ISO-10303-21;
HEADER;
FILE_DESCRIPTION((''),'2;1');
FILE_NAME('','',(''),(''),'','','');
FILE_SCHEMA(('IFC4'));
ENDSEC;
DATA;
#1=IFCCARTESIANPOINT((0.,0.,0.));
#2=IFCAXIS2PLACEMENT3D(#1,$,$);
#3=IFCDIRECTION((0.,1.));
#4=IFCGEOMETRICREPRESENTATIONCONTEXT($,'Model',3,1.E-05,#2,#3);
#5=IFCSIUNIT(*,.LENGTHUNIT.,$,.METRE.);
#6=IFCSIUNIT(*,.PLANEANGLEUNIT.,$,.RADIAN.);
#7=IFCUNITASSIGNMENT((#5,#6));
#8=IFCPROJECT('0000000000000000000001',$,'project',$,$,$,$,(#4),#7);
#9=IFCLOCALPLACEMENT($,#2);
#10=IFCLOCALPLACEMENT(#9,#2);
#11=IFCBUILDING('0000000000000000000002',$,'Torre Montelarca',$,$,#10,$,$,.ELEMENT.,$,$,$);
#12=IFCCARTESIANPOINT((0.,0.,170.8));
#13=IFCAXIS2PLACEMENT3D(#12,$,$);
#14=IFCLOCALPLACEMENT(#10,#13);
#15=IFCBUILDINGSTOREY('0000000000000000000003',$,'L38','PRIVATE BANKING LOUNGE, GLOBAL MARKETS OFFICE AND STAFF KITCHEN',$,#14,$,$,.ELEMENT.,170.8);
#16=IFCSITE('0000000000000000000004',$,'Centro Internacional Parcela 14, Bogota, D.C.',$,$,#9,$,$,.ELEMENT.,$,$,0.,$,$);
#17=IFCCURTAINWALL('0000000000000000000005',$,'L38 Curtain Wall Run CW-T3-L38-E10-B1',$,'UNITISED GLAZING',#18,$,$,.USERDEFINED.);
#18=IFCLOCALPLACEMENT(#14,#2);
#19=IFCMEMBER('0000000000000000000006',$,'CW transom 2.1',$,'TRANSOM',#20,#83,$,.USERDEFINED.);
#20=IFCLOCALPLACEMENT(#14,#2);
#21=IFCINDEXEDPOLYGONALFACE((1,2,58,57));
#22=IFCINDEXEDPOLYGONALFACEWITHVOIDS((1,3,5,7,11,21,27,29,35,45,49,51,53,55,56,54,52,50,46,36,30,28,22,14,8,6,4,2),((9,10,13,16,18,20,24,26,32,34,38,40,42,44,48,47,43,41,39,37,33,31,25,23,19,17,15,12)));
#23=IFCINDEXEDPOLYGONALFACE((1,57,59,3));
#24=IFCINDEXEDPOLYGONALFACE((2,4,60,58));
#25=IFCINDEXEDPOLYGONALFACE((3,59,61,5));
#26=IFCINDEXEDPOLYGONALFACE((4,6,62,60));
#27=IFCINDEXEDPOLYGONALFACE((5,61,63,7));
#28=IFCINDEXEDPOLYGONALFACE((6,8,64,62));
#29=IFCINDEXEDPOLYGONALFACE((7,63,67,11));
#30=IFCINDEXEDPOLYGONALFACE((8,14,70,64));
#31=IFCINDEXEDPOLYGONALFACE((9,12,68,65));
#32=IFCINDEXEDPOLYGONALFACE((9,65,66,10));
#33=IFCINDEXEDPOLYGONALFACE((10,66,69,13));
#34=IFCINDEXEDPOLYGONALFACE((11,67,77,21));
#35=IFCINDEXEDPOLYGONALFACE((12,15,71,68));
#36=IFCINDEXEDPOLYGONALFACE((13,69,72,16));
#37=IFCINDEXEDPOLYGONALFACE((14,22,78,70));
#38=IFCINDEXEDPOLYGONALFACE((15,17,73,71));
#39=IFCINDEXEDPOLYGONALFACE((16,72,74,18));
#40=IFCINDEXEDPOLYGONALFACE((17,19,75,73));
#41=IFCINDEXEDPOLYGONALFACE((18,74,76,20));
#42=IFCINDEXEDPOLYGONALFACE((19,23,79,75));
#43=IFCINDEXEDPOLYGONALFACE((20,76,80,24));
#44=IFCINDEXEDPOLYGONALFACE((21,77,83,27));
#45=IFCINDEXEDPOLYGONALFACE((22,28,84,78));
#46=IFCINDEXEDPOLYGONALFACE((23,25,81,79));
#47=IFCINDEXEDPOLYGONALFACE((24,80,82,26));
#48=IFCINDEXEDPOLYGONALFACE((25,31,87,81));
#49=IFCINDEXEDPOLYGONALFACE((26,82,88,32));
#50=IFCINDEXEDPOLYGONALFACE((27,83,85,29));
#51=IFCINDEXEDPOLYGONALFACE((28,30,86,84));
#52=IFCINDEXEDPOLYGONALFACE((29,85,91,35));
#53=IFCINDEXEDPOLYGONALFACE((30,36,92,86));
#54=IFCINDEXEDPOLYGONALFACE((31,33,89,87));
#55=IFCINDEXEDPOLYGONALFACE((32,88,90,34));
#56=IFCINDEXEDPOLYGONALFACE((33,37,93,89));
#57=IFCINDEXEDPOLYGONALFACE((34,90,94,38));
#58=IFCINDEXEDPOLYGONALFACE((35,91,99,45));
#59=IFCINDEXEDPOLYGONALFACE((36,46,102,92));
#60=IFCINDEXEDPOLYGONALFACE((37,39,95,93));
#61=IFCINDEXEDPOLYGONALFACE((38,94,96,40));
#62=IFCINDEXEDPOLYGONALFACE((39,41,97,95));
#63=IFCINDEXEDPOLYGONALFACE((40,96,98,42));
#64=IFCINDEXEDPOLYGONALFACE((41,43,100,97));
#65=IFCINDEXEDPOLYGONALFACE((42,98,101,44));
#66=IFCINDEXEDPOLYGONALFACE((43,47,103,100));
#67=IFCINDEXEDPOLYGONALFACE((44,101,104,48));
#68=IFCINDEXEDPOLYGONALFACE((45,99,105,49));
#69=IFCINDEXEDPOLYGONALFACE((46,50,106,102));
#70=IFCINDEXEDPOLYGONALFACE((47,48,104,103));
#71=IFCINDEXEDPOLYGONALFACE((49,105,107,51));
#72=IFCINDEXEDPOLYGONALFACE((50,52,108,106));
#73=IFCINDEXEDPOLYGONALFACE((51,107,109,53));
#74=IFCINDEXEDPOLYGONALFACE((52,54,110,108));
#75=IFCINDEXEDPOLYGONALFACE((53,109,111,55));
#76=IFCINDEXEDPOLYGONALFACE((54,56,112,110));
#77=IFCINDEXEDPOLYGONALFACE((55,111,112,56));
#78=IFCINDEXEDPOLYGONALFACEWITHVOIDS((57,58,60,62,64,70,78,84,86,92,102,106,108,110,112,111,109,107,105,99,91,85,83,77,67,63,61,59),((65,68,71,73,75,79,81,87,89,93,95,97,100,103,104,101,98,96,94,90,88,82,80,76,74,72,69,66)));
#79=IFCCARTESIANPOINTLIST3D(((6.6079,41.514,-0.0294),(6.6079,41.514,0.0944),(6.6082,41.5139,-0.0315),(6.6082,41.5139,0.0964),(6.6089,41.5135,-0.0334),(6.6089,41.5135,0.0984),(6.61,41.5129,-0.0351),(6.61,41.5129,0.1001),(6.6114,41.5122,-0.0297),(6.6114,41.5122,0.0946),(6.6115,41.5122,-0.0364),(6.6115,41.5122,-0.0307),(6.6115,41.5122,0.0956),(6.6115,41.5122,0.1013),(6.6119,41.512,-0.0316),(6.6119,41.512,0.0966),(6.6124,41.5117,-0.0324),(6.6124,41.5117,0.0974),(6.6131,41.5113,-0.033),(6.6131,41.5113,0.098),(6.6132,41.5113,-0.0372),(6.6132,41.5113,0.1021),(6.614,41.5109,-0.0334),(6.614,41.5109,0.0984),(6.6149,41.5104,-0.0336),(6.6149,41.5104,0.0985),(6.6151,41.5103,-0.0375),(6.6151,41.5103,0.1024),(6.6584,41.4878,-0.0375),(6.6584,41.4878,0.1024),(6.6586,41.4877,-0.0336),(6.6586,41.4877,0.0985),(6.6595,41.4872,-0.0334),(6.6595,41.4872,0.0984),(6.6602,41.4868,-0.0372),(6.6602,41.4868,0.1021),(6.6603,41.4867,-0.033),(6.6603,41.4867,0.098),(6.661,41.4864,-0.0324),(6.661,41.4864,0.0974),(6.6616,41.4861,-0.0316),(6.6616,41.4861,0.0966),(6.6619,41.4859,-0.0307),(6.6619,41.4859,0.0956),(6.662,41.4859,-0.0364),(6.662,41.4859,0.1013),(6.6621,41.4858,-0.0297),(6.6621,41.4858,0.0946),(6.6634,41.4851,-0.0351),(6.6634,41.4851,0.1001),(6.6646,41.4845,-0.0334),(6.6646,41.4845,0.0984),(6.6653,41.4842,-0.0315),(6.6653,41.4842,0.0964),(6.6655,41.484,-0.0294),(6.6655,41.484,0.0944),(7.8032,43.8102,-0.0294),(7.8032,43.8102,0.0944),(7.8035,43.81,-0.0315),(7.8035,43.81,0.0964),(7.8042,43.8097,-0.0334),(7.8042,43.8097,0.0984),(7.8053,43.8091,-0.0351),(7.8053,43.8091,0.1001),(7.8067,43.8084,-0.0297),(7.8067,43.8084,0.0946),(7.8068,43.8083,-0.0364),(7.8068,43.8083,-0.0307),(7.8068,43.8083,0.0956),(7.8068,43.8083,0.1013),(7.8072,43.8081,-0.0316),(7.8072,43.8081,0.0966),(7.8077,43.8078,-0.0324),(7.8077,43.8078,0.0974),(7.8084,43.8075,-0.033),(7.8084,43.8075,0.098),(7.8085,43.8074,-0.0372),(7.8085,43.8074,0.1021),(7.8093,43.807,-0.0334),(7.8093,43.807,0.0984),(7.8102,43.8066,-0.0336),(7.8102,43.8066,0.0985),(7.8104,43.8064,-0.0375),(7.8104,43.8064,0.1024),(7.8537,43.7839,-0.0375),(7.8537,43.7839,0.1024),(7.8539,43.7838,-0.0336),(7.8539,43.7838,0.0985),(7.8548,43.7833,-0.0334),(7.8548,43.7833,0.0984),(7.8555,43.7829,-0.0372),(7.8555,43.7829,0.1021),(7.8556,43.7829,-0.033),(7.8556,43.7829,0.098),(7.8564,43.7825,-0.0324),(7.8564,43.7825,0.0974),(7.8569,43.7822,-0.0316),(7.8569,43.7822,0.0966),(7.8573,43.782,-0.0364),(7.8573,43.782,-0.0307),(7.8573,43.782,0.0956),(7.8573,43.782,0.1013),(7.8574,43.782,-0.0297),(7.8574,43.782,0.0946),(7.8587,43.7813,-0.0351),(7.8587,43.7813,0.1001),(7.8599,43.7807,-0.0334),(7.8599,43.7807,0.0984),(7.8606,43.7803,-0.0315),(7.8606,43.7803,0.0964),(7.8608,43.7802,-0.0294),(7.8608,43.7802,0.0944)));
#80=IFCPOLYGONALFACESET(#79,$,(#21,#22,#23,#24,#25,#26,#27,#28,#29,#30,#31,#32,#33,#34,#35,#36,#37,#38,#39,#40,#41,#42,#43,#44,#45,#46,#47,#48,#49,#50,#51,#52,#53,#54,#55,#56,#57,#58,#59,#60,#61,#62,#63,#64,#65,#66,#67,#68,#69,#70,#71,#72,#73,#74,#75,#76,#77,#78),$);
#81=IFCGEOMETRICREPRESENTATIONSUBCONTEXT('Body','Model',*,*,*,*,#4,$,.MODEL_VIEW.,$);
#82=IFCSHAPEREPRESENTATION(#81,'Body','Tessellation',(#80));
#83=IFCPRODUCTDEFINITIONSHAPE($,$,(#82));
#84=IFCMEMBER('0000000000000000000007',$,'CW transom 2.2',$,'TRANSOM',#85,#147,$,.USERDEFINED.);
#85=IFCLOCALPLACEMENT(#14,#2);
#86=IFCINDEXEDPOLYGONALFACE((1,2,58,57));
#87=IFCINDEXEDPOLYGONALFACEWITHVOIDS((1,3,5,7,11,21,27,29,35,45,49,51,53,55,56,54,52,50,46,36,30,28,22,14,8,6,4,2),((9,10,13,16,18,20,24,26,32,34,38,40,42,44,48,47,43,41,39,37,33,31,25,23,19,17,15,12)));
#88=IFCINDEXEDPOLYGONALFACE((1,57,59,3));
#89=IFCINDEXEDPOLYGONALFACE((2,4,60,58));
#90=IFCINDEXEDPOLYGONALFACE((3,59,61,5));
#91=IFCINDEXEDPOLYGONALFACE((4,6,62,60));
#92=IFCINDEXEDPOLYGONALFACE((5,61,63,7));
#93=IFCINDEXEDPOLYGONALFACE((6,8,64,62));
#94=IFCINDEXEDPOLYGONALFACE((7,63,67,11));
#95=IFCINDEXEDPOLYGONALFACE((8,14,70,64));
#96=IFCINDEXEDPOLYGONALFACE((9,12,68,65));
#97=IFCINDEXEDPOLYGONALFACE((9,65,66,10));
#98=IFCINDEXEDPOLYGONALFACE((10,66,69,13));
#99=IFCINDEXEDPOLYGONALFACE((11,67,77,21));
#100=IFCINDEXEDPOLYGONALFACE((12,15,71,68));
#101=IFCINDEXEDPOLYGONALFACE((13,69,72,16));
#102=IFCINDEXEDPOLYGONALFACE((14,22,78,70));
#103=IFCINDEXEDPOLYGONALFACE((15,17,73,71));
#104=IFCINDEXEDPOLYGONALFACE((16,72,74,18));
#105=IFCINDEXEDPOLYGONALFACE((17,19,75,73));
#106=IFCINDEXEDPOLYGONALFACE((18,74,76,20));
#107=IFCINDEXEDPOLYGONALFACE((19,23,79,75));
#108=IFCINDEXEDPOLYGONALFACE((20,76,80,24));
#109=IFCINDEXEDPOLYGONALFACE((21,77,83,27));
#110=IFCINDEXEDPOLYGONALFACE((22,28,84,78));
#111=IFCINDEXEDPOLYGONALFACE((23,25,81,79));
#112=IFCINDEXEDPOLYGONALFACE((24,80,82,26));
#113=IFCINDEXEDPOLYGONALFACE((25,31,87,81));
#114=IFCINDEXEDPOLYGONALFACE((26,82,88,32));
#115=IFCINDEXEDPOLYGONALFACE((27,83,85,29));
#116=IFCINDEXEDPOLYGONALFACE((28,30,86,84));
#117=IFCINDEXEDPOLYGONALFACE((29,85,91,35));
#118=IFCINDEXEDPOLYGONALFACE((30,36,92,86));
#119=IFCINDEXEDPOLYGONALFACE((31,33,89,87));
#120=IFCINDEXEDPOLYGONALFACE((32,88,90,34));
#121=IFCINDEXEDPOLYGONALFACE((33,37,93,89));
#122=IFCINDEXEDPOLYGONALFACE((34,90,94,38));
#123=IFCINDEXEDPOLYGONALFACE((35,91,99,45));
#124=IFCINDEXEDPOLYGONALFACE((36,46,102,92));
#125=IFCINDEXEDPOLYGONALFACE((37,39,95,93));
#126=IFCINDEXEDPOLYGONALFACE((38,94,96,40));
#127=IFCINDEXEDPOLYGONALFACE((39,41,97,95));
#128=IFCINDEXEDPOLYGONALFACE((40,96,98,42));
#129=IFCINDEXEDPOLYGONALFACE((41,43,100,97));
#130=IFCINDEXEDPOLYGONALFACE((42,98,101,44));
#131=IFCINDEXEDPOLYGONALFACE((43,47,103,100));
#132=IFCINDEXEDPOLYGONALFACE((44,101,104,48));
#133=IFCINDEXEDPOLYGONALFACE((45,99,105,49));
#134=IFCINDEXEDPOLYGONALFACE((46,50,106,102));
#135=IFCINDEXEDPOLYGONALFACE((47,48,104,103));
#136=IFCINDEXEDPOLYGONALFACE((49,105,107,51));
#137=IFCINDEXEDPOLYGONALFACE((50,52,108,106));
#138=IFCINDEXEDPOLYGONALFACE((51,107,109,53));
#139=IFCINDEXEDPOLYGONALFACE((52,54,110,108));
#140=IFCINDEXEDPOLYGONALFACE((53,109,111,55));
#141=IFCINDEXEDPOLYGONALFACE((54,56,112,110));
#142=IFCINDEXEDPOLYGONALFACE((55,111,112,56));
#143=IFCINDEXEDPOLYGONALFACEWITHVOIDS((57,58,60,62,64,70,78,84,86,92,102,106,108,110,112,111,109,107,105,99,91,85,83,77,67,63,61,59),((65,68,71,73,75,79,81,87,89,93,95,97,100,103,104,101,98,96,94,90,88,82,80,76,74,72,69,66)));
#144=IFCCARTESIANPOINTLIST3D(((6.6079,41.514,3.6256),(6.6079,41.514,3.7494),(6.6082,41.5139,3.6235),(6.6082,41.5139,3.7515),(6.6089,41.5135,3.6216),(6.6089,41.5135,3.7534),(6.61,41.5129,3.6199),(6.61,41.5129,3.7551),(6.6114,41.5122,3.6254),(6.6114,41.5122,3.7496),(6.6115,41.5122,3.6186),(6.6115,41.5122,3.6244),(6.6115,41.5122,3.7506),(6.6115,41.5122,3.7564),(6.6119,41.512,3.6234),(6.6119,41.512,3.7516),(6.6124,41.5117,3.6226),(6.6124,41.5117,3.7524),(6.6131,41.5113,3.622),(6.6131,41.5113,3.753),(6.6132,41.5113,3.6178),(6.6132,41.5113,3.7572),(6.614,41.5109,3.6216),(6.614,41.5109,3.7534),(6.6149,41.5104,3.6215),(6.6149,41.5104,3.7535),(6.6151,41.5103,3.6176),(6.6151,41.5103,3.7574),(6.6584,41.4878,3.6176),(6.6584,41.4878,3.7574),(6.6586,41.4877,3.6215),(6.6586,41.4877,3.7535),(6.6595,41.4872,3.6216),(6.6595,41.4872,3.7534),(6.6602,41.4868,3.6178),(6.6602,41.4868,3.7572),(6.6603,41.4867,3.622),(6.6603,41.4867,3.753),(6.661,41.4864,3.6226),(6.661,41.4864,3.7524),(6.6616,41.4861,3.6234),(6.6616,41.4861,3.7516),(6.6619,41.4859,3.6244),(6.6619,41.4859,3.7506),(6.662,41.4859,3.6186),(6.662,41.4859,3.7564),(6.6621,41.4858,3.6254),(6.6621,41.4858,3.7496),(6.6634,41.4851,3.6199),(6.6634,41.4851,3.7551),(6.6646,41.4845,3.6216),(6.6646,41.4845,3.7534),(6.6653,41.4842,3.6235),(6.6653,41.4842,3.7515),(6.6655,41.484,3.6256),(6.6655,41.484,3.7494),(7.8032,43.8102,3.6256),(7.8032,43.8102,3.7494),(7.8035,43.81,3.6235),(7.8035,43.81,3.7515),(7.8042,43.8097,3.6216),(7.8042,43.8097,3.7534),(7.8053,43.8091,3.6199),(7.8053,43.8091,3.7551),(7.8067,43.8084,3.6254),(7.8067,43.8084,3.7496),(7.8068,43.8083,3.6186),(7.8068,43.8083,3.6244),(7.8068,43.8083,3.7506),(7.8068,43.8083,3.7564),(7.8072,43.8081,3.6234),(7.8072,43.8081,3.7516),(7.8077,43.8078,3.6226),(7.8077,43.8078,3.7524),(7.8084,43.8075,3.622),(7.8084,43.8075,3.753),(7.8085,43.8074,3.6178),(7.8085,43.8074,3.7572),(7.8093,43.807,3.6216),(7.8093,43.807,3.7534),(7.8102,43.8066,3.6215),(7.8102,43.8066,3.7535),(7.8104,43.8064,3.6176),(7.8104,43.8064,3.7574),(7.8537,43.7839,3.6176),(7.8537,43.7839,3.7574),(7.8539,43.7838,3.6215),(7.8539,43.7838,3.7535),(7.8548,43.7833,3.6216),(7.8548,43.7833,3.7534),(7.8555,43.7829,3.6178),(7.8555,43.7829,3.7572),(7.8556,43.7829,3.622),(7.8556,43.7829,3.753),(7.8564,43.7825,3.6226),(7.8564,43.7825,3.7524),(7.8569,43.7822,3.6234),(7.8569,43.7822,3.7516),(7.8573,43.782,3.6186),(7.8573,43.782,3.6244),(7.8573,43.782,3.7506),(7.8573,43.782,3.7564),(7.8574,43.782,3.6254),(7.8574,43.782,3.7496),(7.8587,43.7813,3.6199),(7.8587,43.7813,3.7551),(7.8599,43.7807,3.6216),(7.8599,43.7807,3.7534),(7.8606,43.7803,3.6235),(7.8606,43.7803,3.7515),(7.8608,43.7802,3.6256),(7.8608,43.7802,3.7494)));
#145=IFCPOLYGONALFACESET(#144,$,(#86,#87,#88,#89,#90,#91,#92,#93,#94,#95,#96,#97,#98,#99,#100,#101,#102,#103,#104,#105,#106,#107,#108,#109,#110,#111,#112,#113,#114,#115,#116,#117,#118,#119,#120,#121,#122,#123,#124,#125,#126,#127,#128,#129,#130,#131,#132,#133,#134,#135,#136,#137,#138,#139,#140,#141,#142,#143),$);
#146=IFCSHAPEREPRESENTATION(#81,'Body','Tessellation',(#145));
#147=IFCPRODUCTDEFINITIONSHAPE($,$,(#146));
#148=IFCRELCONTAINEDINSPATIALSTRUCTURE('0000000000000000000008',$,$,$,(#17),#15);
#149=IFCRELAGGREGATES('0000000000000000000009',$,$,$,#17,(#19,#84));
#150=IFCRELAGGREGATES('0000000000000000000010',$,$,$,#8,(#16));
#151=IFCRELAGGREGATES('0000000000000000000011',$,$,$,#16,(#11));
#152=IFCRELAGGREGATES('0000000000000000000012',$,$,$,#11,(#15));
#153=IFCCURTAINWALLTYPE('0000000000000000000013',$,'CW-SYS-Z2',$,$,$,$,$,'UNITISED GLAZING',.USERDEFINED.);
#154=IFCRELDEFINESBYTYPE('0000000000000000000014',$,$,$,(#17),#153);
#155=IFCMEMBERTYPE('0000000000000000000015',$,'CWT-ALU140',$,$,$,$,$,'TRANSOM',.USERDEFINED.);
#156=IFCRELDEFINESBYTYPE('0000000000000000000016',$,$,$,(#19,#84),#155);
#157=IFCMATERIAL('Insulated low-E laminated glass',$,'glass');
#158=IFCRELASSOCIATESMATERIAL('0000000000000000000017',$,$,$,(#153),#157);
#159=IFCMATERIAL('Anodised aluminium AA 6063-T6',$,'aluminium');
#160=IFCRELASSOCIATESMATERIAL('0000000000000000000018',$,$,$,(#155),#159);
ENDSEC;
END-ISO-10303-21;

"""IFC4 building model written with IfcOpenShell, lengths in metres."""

from ifc_helpers import new_model, si_unit, direction, frame, origin, origin_2d, place, context, subcontext, project, spatial, hollow_rectangle, extrude, source, transform, mapped, material, material_profile, profile_set, type_object, element, aggregate, save


model = new_model("IFC4")

# Units and contexts
model_context = context("Model", 3, precision=1e-05, world=origin(), true_north=direction((0.0, 1.0)))
body_context = subcontext(model_context, "Body", "Model", "MODEL_VIEW")
ifc_project = project(units=[si_unit("LENGTHUNIT", "METRE"), si_unit("PLANEANGLEUNIT", "RADIAN")], contexts=[model_context])

# Site, building, storey
site_placement = place(None, origin())
site = spatial("IfcSite", under=ifc_project, at=site_placement, Name="Centro Internacional Parcela 14, Bogota, D.C.", CompositionType="ELEMENT", RefElevation=0.0)
building_placement = place(site_placement, origin())
building = spatial("IfcBuilding", under=site, at=building_placement, Name="Torre Montelarca", CompositionType="ELEMENT")
storey_placement = place(building_placement, frame((0.0, 0.0, 170.8)))
storey = spatial("IfcBuildingStorey", under=building, at=storey_placement, Name="L38", Description="PRIVATE BANKING LOUNGE, GLOBAL MARKETS OFFICE AND STAFF KITCHEN", CompositionType="ELEMENT", Elevation=170.8)

# Curtain wall, members
ifc_material_1 = material(Name="Insulated low-E laminated glass", Category="glass")
curtain_wall_type = type_object("IfcCurtainWallType", Name="CW-SYS-Z2", ElementType="UNITISED GLAZING", PredefinedType="USERDEFINED", material=ifc_material_1)
ifc_material_2 = material(Name="Anodised aluminium AA 6063-T6", Category="aluminium")
ifc_material_profile_1 = material_profile(ifc_material_2, hollow_rectangle(XDim=0.0649, YDim=0.1399, WallThickness=0.0039, InnerFilletRadius=0.0039, OuterFilletRadius=0.0081, at=origin_2d()), Name="ALU65X140X4", Category="aluminium")
ifc_profile_set_1 = profile_set([ifc_material_profile_1], Name="Anodised aluminium AA 6063-T6")
member_type_1 = type_object("IfcMemberType", Name="CWT-ALU140", ElementType="TRANSOM", PredefinedType="USERDEFINED", material=ifc_profile_set_1)
curtain_wall_1_placement = place(storey_placement, origin())
curtain_wall_1 = element("IfcCurtainWall", 1, at=curtain_wall_1_placement, inside=storey, type_object=curtain_wall_type, Name="L38 Curtain Wall Run CW-T3-L38-E10-B1", ObjectType="UNITISED GLAZING", PredefinedType="USERDEFINED")
shared_shape_1 = source(origin(), body_context, "Body", "SweptSolid", [
    extrude(hollow_rectangle(XDim=0.0649, YDim=0.1399, WallThickness=0.0039, InnerFilletRadius=0.0039, OuterFilletRadius=0.0081, at=origin_2d()), origin(), (0.0, 0.0, 1.0), 2.5886),
])
member_1_placement = place(storey_placement, frame((7.832, 43.7952, 0.0325), z_axis=(-0.461754, -0.887008, 0.0), x_axis=(0.887008, -0.461754, 0.0)))
member_1 = element("IfcMember", 2, at=member_1_placement, type_object=member_type_1, Name="CW transom 2.1", ObjectType="TRANSOM", PredefinedType="USERDEFINED", context=body_context, shape_type="MappedRepresentation", body=[
    mapped(shared_shape_1, transform((0.0, 0.0, 0.0), scale=1.0)),
])
member_2_placement = place(storey_placement, frame((7.832, 43.7952, 3.6875), z_axis=(-0.461754, -0.887008, 0.0), x_axis=(0.887008, -0.461754, 0.0)))
member_2 = element("IfcMember", 3, at=member_2_placement, type_object=member_type_1, Name="CW transom 2.2", ObjectType="TRANSOM", PredefinedType="USERDEFINED", context=body_context, shape_type="MappedRepresentation", body=[
    mapped(shared_shape_1, transform((0.0, 0.0, 0.0), scale=1.0)),
])

aggregate(curtain_wall_1, [member_1, member_2])

save(model, "model.ifc")
